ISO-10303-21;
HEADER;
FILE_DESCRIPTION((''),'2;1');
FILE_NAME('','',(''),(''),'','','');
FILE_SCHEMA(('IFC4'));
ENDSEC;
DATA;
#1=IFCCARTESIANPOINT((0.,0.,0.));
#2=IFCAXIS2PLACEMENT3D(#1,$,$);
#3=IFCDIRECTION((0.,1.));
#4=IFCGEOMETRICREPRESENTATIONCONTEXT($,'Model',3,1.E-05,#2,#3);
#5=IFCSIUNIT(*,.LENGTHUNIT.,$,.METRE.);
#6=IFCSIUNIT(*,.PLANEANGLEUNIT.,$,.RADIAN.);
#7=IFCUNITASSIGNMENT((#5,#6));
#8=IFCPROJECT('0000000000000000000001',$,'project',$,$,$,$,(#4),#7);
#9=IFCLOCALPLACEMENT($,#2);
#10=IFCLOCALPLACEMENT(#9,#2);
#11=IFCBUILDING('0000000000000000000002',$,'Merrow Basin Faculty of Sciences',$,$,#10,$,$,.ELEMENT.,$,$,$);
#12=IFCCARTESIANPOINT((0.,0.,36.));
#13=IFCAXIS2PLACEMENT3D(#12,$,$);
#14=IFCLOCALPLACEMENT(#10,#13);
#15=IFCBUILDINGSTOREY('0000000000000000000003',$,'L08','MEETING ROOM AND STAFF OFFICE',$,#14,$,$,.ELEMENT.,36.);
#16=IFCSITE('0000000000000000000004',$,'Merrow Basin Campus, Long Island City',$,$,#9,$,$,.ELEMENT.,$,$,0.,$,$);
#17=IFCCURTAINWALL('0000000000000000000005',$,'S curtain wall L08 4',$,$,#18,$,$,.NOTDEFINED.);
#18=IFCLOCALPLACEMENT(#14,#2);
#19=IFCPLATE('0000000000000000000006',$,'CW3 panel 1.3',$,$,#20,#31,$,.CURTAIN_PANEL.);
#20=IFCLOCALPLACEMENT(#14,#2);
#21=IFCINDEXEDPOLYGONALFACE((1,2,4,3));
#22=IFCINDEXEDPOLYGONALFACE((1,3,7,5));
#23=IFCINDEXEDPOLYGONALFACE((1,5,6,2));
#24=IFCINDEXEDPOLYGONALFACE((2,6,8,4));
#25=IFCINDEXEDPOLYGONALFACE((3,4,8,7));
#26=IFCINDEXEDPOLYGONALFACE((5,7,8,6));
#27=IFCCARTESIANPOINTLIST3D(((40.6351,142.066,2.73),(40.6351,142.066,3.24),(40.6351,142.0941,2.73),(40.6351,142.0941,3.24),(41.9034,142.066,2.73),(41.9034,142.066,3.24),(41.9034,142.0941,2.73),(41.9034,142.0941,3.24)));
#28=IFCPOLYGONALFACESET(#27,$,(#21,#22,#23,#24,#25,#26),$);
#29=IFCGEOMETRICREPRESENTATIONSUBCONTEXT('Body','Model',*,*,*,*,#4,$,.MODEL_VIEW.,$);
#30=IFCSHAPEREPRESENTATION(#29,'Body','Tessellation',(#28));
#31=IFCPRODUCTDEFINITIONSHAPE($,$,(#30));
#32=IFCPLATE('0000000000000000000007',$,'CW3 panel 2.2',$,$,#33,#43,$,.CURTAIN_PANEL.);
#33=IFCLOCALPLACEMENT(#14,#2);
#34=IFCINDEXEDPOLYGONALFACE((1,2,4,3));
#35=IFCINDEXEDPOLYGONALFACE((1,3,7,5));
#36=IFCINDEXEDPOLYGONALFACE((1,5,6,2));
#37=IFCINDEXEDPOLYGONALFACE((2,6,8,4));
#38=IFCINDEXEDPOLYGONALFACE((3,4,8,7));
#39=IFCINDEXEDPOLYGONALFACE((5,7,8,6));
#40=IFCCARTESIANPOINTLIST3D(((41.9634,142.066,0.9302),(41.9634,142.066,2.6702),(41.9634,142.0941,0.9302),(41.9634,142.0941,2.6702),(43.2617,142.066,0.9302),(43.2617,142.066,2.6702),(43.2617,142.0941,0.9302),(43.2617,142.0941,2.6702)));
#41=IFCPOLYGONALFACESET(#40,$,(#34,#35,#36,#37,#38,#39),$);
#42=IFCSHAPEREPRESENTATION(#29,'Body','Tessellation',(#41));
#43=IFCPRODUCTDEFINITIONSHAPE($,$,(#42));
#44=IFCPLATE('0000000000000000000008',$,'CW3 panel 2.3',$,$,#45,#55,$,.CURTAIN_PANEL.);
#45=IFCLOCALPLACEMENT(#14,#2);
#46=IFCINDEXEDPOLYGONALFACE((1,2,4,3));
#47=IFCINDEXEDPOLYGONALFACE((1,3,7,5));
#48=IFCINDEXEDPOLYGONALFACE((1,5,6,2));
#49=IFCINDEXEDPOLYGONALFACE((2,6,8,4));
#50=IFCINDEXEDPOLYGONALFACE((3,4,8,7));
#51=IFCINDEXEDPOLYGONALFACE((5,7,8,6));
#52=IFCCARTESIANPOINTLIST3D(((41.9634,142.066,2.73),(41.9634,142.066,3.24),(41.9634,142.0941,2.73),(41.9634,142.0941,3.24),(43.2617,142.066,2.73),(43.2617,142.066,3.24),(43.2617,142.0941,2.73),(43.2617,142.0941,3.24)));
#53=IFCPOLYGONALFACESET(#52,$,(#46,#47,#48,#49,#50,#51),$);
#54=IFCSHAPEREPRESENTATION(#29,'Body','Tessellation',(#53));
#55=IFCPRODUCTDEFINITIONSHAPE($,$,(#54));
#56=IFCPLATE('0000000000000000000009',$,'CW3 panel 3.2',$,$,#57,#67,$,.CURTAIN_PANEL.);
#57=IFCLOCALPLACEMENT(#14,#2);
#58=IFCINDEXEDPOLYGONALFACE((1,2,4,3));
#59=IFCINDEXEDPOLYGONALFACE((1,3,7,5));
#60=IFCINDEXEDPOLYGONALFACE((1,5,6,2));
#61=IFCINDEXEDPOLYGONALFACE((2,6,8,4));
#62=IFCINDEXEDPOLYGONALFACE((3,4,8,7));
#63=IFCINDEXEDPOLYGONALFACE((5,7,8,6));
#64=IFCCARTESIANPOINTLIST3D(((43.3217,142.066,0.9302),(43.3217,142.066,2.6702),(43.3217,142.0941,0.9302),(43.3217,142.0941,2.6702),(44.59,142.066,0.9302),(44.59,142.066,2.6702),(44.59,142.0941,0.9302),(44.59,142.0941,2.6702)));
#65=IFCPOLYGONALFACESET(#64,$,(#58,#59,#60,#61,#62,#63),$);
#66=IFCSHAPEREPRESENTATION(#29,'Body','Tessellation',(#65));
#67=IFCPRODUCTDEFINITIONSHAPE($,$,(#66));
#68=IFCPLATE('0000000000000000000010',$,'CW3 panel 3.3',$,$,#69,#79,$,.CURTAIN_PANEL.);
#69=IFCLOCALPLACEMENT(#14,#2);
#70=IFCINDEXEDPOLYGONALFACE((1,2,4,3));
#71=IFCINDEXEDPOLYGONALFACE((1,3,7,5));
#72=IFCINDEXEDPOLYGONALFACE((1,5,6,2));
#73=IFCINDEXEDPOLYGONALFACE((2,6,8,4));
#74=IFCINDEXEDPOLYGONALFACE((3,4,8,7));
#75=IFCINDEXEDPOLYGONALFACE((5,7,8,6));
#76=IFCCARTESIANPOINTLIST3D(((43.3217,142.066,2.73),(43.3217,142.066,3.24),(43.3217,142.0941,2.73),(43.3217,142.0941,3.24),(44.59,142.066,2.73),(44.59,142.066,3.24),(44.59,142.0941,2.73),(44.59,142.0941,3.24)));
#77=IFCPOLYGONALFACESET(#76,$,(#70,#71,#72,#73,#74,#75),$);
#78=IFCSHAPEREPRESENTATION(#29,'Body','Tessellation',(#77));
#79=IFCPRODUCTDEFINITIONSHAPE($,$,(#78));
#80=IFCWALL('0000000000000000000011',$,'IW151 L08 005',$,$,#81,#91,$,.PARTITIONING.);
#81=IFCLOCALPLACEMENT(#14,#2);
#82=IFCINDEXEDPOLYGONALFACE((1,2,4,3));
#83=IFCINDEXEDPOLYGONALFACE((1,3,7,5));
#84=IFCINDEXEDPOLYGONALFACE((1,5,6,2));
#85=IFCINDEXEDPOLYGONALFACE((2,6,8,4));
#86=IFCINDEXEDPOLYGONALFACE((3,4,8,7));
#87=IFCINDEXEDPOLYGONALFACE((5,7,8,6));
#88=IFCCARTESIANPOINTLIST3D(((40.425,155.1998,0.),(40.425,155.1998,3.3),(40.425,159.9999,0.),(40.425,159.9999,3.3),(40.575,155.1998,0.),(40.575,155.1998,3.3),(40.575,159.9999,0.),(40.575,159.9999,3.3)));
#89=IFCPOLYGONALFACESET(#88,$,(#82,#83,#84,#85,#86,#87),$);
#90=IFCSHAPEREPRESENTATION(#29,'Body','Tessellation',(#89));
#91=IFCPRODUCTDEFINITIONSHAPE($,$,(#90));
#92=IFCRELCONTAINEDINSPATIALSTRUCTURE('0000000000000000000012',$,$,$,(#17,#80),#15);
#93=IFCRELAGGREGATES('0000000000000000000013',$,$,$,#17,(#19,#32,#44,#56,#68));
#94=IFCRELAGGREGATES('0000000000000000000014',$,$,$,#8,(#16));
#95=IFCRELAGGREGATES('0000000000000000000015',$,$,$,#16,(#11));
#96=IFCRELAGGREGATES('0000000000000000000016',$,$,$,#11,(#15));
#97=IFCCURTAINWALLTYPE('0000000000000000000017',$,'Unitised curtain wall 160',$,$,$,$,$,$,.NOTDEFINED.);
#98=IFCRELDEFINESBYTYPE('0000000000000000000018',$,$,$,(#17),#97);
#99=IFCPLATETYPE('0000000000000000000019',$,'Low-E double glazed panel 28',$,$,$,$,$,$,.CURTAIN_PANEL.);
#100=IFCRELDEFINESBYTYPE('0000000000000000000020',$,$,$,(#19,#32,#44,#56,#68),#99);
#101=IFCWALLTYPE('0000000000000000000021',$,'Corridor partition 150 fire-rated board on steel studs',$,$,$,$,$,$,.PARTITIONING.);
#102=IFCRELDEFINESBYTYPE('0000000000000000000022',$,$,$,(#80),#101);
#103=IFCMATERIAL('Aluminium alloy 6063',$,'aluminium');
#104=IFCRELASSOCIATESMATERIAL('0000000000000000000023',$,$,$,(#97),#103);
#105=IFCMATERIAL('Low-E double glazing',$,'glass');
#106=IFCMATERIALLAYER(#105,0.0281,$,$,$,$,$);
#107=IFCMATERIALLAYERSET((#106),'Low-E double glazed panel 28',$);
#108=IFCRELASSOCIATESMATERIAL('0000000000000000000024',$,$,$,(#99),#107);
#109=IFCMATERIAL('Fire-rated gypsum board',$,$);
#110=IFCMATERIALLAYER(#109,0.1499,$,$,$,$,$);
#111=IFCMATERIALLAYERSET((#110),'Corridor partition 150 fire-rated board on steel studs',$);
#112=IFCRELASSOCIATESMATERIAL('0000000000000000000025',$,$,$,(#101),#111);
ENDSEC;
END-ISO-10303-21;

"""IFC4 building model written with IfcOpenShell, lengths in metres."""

from ifc_helpers import new_model, si_unit, direction, frame, frame_2d, origin, origin_2d, place, context, subcontext, project, spatial, rectangle, extrude, material, layer, layer_set, type_object, element, aggregate, save


model = new_model("IFC4")

# Units and contexts
model_context = context("Model", 3, precision=1e-05, world=origin(), true_north=direction((0.0, 1.0)))
body_context = subcontext(model_context, "Body", "Model", "MODEL_VIEW")
ifc_project = project(units=[si_unit("LENGTHUNIT", "METRE"), si_unit("PLANEANGLEUNIT", "RADIAN")], contexts=[model_context])

# Site, building, storey
site_placement = place(None, origin())
site = spatial("IfcSite", under=ifc_project, at=site_placement, Name="Merrow Basin Campus, Long Island City", CompositionType="ELEMENT", RefElevation=0.0)
building_placement = place(site_placement, origin())
building = spatial("IfcBuilding", under=site, at=building_placement, Name="Merrow Basin Faculty of Sciences", CompositionType="ELEMENT")
storey_placement = place(building_placement, frame((0.0, 0.0, 36.0)))
storey = spatial("IfcBuildingStorey", under=building, at=storey_placement, Name="L08", Description="MEETING ROOM AND STAFF OFFICE", CompositionType="ELEMENT", Elevation=36.0)

# Curtain wall
ifc_material_1 = material(Name="Aluminium alloy 6063", Category="aluminium")
curtain_wall_type = type_object("IfcCurtainWallType", Name="Unitised curtain wall 160", PredefinedType="NOTDEFINED", material=ifc_material_1)
curtain_wall_placement = place(storey_placement, origin())
curtain_wall = element("IfcCurtainWall", 1, at=curtain_wall_placement, inside=storey, type_object=curtain_wall_type, Name="S curtain wall L08 4", PredefinedType="NOTDEFINED")

# Plates
ifc_material_2 = material(Name="Low-E double glazing", Category="glass")
ifc_layer_1 = layer(ifc_material_2, 0.0281)
ifc_layer_set_1 = layer_set([ifc_layer_1], Name="Low-E double glazed panel 28")
plate_type_1 = type_object("IfcPlateType", Name="Low-E double glazed panel 28", PredefinedType="CURTAIN_PANEL", material=ifc_layer_set_1)
plate_1_placement = place(storey_placement, frame((41.2693, 142.0801, 2.73), z_axis=(0.0, 0.0, 1.0), x_axis=(1.0, 0.0, 0.0)))
plate_1 = element("IfcPlate", 2, at=plate_1_placement, type_object=plate_type_1, Name="CW3 panel 1.3", PredefinedType="CURTAIN_PANEL", context=body_context, shape_type="SweptSolid", body=[
    extrude(rectangle(XDim=1.2683, YDim=0.0281, at=origin_2d()), origin(), (0.0, 0.0, 1.0), 0.51),
])
plate_2_placement = place(storey_placement, frame((42.6125, 142.0801, 0.9302), z_axis=(0.0, 0.0, 1.0), x_axis=(1.0, 0.0, 0.0)))
plate_2 = element("IfcPlate", 3, at=plate_2_placement, type_object=plate_type_1, Name="CW3 panel 2.2", PredefinedType="CURTAIN_PANEL", context=body_context, shape_type="SweptSolid", body=[
    extrude(rectangle(XDim=1.2983, YDim=0.0281, at=origin_2d()), origin(), (0.0, 0.0, 1.0), 1.74),
])
plate_3_placement = place(storey_placement, frame((42.6125, 142.0801, 2.73), z_axis=(0.0, 0.0, 1.0), x_axis=(1.0, 0.0, 0.0)))
plate_3 = element("IfcPlate", 4, at=plate_3_placement, type_object=plate_type_1, Name="CW3 panel 2.3", PredefinedType="CURTAIN_PANEL", context=body_context, shape_type="SweptSolid", body=[
    extrude(rectangle(XDim=1.2983, YDim=0.0281, at=origin_2d()), origin(), (0.0, 0.0, 1.0), 0.51),
])
plate_4_placement = place(storey_placement, frame((43.9558, 142.0801, 0.9302), z_axis=(0.0, 0.0, 1.0), x_axis=(1.0, 0.0, 0.0)))
plate_4 = element("IfcPlate", 5, at=plate_4_placement, type_object=plate_type_1, Name="CW3 panel 3.2", PredefinedType="CURTAIN_PANEL", context=body_context, shape_type="SweptSolid", body=[
    extrude(rectangle(XDim=1.2683, YDim=0.0281, at=origin_2d()), origin(), (0.0, 0.0, 1.0), 1.74),
])
plate_5_placement = place(storey_placement, frame((43.9558, 142.0801, 2.73), z_axis=(0.0, 0.0, 1.0), x_axis=(1.0, 0.0, 0.0)))
plate_5 = element("IfcPlate", 6, at=plate_5_placement, type_object=plate_type_1, Name="CW3 panel 3.3", PredefinedType="CURTAIN_PANEL", context=body_context, shape_type="SweptSolid", body=[
    extrude(rectangle(XDim=1.2683, YDim=0.0281, at=origin_2d()), origin(), (0.0, 0.0, 1.0), 0.51),
])
aggregate(curtain_wall, [plate_1, plate_2, plate_3, plate_4, plate_5])

# Wall
ifc_material_3 = material(Name="Fire-rated gypsum board")
ifc_layer_2 = layer(ifc_material_3, 0.1499)
ifc_layer_set_2 = layer_set([ifc_layer_2], Name="Corridor partition 150 fire-rated board on steel studs")
wall_type_1 = type_object("IfcWallType", Name="Corridor partition 150 fire-rated board on steel studs", PredefinedType="PARTITIONING", material=ifc_layer_set_2)
wall_1_placement = place(storey_placement, frame((40.5, 155.2, 0.0), z_axis=(0.0, 0.0, 1.0), x_axis=(0.0, 1.0, 0.0)))
element("IfcWall", 7, at=wall_1_placement, inside=storey, type_object=wall_type_1, Name="IW151 L08 005", PredefinedType="PARTITIONING", context=body_context, shape_type="SweptSolid", body=[
    extrude(rectangle(XDim=4.8, YDim=0.1499, at=frame_2d((2.3999, 0.0))), origin(), (0.0, 0.0, 1.0), 3.3),
])

save(model, "model.ifc")
